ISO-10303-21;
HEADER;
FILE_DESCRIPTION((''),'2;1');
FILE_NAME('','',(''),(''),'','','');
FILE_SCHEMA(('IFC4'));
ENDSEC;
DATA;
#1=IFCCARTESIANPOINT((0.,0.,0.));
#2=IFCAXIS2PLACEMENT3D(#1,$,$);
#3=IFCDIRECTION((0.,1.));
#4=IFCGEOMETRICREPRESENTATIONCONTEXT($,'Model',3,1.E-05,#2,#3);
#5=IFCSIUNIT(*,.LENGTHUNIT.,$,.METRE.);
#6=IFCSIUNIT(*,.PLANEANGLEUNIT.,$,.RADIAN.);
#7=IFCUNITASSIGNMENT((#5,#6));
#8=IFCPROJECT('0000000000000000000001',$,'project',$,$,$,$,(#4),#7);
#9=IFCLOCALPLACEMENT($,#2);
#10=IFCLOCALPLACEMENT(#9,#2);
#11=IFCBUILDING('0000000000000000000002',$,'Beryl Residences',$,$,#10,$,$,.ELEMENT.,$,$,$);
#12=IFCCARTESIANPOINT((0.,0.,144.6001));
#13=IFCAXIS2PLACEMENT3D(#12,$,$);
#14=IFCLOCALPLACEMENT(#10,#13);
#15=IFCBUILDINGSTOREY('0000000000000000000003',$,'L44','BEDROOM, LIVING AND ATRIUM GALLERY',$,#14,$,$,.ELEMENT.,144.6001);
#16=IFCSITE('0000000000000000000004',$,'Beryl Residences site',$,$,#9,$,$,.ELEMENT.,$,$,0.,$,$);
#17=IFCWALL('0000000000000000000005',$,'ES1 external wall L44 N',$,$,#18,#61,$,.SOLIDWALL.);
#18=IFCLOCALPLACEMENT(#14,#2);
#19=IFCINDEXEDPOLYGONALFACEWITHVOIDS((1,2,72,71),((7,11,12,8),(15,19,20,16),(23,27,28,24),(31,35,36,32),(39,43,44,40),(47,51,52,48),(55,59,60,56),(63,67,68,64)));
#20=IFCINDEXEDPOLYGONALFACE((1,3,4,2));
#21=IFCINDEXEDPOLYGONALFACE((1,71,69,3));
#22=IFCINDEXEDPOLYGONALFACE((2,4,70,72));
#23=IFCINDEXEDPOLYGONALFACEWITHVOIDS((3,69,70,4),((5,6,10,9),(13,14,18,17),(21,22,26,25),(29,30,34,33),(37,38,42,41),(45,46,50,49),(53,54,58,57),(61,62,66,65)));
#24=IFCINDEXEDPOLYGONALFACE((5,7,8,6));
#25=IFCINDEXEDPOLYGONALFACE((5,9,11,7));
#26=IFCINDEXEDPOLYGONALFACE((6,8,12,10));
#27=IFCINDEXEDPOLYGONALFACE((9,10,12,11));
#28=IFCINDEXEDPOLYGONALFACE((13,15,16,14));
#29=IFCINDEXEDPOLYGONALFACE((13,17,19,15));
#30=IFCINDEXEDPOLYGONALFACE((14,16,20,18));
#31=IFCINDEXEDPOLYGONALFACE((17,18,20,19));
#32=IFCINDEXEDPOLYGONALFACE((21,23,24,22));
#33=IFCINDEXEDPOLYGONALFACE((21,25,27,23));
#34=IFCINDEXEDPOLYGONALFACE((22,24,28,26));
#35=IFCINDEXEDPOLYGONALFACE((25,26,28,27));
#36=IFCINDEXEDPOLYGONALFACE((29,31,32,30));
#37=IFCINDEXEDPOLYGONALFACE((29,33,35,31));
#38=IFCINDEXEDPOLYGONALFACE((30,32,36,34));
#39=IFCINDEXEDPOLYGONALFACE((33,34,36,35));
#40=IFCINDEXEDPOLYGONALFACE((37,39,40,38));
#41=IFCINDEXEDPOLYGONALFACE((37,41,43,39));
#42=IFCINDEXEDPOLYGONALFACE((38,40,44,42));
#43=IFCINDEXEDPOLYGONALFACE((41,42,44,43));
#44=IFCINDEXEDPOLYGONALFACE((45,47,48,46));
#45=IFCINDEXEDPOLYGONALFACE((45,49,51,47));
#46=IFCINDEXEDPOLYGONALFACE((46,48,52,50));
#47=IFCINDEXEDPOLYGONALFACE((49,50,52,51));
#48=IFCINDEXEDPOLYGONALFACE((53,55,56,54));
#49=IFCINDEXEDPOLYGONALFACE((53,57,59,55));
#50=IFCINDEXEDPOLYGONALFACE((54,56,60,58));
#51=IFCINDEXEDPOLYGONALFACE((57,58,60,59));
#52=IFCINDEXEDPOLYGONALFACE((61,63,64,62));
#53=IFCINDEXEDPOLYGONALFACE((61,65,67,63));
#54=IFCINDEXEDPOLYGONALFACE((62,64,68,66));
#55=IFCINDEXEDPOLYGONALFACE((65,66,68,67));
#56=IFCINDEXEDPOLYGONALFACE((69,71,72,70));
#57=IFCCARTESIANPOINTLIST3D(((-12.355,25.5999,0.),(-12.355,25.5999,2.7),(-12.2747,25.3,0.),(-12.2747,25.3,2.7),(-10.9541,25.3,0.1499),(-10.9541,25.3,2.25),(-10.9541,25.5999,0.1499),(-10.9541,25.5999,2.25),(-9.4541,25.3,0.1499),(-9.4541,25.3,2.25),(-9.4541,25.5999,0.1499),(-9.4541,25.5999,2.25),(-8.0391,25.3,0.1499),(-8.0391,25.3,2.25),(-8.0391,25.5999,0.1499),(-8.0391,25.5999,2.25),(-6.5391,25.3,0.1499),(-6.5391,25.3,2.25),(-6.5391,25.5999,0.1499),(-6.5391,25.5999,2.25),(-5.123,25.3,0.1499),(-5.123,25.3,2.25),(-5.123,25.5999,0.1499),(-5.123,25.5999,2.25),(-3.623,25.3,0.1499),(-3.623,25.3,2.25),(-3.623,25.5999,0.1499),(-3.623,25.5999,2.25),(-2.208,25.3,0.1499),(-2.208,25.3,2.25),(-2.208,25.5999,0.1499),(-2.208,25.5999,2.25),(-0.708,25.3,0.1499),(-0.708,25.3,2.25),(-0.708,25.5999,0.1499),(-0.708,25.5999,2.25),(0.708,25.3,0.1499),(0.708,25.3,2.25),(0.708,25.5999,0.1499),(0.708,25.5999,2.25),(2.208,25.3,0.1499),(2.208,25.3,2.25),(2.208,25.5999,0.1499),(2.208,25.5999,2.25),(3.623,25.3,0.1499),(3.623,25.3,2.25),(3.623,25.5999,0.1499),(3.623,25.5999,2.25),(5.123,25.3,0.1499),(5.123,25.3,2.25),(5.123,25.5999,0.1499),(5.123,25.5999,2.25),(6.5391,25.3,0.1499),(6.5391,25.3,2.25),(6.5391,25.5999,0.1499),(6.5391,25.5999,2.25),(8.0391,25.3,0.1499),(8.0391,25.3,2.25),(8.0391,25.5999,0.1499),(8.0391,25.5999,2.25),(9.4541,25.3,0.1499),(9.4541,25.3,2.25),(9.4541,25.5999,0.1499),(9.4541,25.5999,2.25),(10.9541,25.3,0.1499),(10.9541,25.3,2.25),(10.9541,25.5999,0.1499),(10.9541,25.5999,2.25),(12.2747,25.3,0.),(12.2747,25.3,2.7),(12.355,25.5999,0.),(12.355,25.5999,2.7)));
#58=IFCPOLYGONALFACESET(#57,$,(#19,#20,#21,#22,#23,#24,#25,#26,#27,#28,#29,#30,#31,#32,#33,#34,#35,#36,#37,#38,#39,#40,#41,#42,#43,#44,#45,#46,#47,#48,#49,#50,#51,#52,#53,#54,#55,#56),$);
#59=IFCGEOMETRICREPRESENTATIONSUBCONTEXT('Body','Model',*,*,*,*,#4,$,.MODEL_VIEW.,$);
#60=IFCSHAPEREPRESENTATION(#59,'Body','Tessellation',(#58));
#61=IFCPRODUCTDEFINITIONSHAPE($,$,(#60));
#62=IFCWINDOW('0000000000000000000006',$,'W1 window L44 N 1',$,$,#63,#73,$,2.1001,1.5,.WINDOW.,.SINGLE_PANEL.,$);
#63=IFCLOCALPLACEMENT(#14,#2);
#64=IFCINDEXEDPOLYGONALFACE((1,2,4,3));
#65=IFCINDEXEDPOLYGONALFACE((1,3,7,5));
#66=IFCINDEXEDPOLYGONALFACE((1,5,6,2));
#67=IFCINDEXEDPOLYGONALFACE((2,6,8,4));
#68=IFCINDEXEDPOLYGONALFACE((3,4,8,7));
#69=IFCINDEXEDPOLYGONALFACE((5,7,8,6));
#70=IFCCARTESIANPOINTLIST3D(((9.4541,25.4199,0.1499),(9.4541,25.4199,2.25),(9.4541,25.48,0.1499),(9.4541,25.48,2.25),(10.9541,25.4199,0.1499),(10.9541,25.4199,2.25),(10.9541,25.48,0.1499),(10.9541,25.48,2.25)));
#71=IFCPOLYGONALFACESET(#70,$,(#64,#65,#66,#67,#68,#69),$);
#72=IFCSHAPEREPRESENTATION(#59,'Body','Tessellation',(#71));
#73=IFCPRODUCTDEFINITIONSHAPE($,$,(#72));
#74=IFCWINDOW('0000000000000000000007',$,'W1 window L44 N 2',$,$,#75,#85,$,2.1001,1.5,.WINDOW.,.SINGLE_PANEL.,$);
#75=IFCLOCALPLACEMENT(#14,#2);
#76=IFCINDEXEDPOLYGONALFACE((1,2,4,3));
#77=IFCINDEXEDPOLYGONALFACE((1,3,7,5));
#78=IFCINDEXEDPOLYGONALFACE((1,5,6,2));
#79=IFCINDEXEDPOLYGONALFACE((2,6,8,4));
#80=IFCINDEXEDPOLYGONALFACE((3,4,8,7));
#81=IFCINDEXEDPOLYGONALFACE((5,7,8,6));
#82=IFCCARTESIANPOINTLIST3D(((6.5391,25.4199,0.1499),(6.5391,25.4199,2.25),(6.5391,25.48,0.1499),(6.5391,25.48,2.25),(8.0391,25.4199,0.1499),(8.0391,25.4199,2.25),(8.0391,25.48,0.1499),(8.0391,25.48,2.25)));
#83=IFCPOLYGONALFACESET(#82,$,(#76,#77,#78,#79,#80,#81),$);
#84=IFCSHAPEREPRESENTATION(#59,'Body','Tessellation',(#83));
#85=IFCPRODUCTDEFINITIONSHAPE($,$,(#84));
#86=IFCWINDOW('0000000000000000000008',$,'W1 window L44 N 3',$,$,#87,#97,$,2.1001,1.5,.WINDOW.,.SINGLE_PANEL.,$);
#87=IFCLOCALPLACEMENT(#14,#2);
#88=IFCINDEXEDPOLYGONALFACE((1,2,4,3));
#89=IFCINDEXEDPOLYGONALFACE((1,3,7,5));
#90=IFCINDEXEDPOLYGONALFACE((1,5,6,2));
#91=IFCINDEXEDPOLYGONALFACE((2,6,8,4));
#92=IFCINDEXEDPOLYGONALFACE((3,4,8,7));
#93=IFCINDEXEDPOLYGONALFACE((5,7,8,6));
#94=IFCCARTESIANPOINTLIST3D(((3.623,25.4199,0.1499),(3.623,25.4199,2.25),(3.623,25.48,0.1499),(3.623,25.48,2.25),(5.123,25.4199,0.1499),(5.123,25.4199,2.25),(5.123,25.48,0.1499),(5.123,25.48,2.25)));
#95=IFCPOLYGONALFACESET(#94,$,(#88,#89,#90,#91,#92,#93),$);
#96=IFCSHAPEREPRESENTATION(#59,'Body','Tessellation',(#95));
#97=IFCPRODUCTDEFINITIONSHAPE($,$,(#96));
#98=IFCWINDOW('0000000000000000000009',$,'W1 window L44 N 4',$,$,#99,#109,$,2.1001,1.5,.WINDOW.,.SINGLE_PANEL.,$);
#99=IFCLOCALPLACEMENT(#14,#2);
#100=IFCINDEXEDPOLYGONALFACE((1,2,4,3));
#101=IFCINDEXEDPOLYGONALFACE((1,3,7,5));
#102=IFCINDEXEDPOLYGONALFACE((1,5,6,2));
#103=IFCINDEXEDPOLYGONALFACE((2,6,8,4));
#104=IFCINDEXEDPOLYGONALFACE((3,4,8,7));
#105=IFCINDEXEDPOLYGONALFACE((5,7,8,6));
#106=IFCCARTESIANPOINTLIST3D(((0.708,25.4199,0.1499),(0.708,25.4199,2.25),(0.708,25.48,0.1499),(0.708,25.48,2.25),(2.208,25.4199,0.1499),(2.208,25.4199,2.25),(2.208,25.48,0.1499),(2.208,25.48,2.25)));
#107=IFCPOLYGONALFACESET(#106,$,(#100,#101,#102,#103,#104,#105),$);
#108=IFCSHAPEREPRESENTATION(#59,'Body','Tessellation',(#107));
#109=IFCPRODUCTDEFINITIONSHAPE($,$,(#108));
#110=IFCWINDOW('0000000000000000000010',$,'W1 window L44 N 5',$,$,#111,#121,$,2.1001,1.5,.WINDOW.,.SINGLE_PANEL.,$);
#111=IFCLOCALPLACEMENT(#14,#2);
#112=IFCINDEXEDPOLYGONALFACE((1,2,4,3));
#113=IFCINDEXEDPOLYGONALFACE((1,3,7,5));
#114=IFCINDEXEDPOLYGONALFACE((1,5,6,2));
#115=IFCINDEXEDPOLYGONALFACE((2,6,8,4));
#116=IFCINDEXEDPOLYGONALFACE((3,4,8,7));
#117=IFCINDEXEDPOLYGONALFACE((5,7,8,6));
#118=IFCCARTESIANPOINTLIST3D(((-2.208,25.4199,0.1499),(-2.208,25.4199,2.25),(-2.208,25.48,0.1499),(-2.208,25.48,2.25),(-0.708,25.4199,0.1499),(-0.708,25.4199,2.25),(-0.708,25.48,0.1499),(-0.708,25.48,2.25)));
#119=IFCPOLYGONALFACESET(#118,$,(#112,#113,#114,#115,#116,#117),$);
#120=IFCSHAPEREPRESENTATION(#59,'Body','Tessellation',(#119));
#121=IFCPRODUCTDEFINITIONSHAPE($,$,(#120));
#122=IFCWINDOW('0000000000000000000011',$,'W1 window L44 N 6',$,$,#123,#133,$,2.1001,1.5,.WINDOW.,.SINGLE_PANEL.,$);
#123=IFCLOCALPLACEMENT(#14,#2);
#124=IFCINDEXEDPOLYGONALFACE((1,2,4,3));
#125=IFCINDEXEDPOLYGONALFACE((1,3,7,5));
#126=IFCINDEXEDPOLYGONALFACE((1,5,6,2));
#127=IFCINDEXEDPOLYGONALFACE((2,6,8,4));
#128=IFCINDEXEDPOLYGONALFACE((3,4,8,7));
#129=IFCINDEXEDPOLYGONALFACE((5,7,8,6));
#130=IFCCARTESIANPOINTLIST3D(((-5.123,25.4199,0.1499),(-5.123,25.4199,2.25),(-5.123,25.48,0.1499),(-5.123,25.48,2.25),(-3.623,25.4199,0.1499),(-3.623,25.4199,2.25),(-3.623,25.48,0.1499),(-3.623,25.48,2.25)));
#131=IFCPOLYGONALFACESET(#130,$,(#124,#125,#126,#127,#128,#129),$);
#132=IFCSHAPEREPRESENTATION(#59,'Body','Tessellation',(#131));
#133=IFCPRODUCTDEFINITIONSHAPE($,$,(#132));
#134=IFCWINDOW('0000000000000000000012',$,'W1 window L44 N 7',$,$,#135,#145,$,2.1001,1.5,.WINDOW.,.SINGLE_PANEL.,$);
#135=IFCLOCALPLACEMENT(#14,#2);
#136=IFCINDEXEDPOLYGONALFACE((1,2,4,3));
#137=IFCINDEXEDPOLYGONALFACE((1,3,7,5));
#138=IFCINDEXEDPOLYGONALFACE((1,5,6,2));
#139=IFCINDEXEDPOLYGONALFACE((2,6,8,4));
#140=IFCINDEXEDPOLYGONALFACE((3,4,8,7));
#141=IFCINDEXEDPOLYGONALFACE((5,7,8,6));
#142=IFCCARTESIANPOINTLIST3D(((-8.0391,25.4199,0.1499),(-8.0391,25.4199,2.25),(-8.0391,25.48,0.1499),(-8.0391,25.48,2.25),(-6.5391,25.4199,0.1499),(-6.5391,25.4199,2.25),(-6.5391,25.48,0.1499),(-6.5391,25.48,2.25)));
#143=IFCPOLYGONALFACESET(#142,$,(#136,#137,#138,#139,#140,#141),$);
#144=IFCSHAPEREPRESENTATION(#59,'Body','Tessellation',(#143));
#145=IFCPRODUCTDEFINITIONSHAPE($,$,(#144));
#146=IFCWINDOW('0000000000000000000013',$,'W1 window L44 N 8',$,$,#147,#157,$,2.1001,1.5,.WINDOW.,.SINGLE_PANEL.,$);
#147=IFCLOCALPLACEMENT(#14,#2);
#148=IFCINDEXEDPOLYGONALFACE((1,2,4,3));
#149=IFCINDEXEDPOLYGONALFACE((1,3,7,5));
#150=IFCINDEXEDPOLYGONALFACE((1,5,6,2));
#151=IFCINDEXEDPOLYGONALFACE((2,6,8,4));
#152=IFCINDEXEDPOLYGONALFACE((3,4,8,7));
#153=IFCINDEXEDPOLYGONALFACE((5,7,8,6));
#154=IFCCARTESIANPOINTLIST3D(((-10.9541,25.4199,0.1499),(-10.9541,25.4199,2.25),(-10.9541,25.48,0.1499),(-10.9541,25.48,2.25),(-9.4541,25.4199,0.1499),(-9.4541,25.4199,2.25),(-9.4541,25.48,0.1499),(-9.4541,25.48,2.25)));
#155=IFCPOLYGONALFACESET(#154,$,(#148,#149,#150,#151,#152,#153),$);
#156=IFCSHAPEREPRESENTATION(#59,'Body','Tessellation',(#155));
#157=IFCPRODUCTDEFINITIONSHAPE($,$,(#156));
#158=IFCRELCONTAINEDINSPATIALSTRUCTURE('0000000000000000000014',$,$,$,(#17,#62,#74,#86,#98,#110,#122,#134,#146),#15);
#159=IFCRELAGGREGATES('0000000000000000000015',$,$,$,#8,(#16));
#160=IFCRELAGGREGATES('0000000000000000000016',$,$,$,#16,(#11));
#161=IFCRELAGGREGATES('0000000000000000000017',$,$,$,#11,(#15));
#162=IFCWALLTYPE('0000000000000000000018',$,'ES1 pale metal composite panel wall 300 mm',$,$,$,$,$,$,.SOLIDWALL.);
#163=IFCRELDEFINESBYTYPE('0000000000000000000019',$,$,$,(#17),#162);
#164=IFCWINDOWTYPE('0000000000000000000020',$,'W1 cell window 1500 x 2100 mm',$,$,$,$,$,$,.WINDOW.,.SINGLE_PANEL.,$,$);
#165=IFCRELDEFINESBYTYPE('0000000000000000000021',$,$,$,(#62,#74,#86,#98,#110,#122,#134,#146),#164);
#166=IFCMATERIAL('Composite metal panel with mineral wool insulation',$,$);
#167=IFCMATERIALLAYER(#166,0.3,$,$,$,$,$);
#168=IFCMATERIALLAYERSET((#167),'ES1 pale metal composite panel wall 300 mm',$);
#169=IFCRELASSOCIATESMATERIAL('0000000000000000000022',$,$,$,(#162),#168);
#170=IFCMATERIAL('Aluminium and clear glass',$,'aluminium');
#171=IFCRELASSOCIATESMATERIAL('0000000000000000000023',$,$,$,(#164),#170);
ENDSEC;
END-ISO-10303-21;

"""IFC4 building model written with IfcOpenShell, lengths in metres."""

from ifc_helpers import new_model, si_unit, direction, frame, frame_2d, origin, place, context, subcontext, project, spatial, polyline, rectangle, outline, extrude, material, layer, layer_set, type_object, element, fill, save


model = new_model("IFC4")

# Units and contexts
model_context = context("Model", 3, precision=1e-05, world=origin(), true_north=direction((0.0, 1.0)))
body_context = subcontext(model_context, "Body", "Model", "MODEL_VIEW")
ifc_project = project(units=[si_unit("LENGTHUNIT", "METRE"), si_unit("PLANEANGLEUNIT", "RADIAN")], contexts=[model_context])

# Site, building, storey
site_placement = place(None, origin())
site = spatial("IfcSite", under=ifc_project, at=site_placement, Name="Beryl Residences site", CompositionType="ELEMENT", RefElevation=0.0)
building_placement = place(site_placement, origin())
building = spatial("IfcBuilding", under=site, at=building_placement, Name="Beryl Residences", CompositionType="ELEMENT")
storey_placement = place(building_placement, frame((0.0, 0.0, 144.6001)))
storey = spatial("IfcBuildingStorey", under=building, at=storey_placement, Name="L44", Description="BEDROOM, LIVING AND ATRIUM GALLERY", CompositionType="ELEMENT", Elevation=144.6001)

# Wall, openings, windows
ifc_material_1 = material(Name="Composite metal panel with mineral wool insulation")
ifc_layer_1 = layer(ifc_material_1, 0.3)
ifc_layer_set_1 = layer_set([ifc_layer_1], Name="ES1 pale metal composite panel wall 300 mm")
wall_type_1 = type_object("IfcWallType", Name="ES1 pale metal composite panel wall 300 mm", PredefinedType="SOLIDWALL", material=ifc_layer_set_1)
wall_1_placement = place(storey_placement, frame((12.355, 25.45, 0.0), z_axis=(0.0, 0.0, 1.0), x_axis=(-1.0, 0.0, 0.0)))
wall_1 = element("IfcWall", 1, at=wall_1_placement, inside=storey, type_object=wall_type_1, Name="ES1 external wall L44 N", PredefinedType="SOLIDWALL", context=body_context, shape_type="SweptSolid", body=[
    extrude(outline(polyline([(0.0, -0.1499), (24.71, -0.1499), (24.6296, 0.1499), (0.0803, 0.1499), (0.0, -0.1499)])), origin(), (0.0, 0.0, 1.0), 2.7),
])
opening_1_placement = place(wall_1_placement, frame((1.4009, 0.0, 0.1499)))
opening_1 = element("IfcOpeningElement", 2, at=opening_1_placement, cuts=wall_1, PredefinedType="OPENING", context=body_context, shape_type="SweptSolid", body=[
    extrude(rectangle(XDim=1.5, YDim=2.1001, at=frame_2d((0.75, 1.05))), frame((0.0, 0.1599, 0.0), z_axis=(0.0, -1.0, 0.0), x_axis=(1.0, 0.0, 0.0)), (0.0, 0.0, 1.0), 0.3201),
])
opening_2_placement = place(wall_1_placement, frame((4.3159, 0.0, 0.1499)))
opening_2 = element("IfcOpeningElement", 3, at=opening_2_placement, cuts=wall_1, PredefinedType="OPENING", context=body_context, shape_type="SweptSolid", body=[
    extrude(rectangle(XDim=1.5, YDim=2.1001, at=frame_2d((0.75, 1.05))), frame((0.0, 0.1599, 0.0), z_axis=(0.0, -1.0, 0.0), x_axis=(1.0, 0.0, 0.0)), (0.0, 0.0, 1.0), 0.3201),
])
opening_3_placement = place(wall_1_placement, frame((7.2319, 0.0, 0.1499)))
opening_3 = element("IfcOpeningElement", 4, at=opening_3_placement, cuts=wall_1, PredefinedType="OPENING", context=body_context, shape_type="SweptSolid", body=[
    extrude(rectangle(XDim=1.5, YDim=2.1001, at=frame_2d((0.75, 1.05))), frame((0.0, 0.1599, 0.0), z_axis=(0.0, -1.0, 0.0), x_axis=(1.0, 0.0, 0.0)), (0.0, 0.0, 1.0), 0.3201),
])
opening_4_placement = place(wall_1_placement, frame((10.147, 0.0, 0.1499)))
opening_4 = element("IfcOpeningElement", 5, at=opening_4_placement, cuts=wall_1, PredefinedType="OPENING", context=body_context, shape_type="SweptSolid", body=[
    extrude(rectangle(XDim=1.5, YDim=2.1001, at=frame_2d((0.75, 1.05))), frame((0.0, 0.1599, 0.0), z_axis=(0.0, -1.0, 0.0), x_axis=(1.0, 0.0, 0.0)), (0.0, 0.0, 1.0), 0.3201),
])
opening_5_placement = place(wall_1_placement, frame((13.063, 0.0, 0.1499)))
opening_5 = element("IfcOpeningElement", 6, at=opening_5_placement, cuts=wall_1, PredefinedType="OPENING", context=body_context, shape_type="SweptSolid", body=[
    extrude(rectangle(XDim=1.5, YDim=2.1001, at=frame_2d((0.75, 1.05))), frame((0.0, 0.1599, 0.0), z_axis=(0.0, -1.0, 0.0), x_axis=(1.0, 0.0, 0.0)), (0.0, 0.0, 1.0), 0.3201),
])
opening_6_placement = place(wall_1_placement, frame((15.978, 0.0, 0.1499)))
opening_6 = element("IfcOpeningElement", 7, at=opening_6_placement, cuts=wall_1, PredefinedType="OPENING", context=body_context, shape_type="SweptSolid", body=[
    extrude(rectangle(XDim=1.5, YDim=2.1001, at=frame_2d((0.75, 1.05))), frame((0.0, 0.1599, 0.0), z_axis=(0.0, -1.0, 0.0), x_axis=(1.0, 0.0, 0.0)), (0.0, 0.0, 1.0), 0.3201),
])
opening_7_placement = place(wall_1_placement, frame((18.894, 0.0, 0.1499)))
opening_7 = element("IfcOpeningElement", 8, at=opening_7_placement, cuts=wall_1, PredefinedType="OPENING", context=body_context, shape_type="SweptSolid", body=[
    extrude(rectangle(XDim=1.5, YDim=2.1001, at=frame_2d((0.75, 1.05))), frame((0.0, 0.1599, 0.0), z_axis=(0.0, -1.0, 0.0), x_axis=(1.0, 0.0, 0.0)), (0.0, 0.0, 1.0), 0.3201),
])
opening_8_placement = place(wall_1_placement, frame((21.8091, 0.0, 0.1499)))
opening_8 = element("IfcOpeningElement", 9, at=opening_8_placement, cuts=wall_1, PredefinedType="OPENING", context=body_context, shape_type="SweptSolid", body=[
    extrude(rectangle(XDim=1.5, YDim=2.1001, at=frame_2d((0.75, 1.05))), frame((0.0, 0.1599, 0.0), z_axis=(0.0, -1.0, 0.0), x_axis=(1.0, 0.0, 0.0)), (0.0, 0.0, 1.0), 0.3201),
])
ifc_material_2 = material(Name="Aluminium and clear glass", Category="aluminium")
window_type_1 = type_object("IfcWindowType", Name="W1 cell window 1500 x 2100 mm", PartitioningType="SINGLE_PANEL", PredefinedType="WINDOW", material=ifc_material_2)
window_1_placement = place(opening_1_placement, origin())
window_1 = element("IfcWindow", 10, at=window_1_placement, inside=storey, type_object=window_type_1, Name="W1 window L44 N 1", OverallHeight=2.1001, OverallWidth=1.5, PartitioningType="SINGLE_PANEL", PredefinedType="WINDOW", context=body_context, shape_type="SweptSolid", body=[
    extrude(rectangle(XDim=1.5, YDim=2.1001, at=frame_2d((0.75, 1.05))), frame((0.0, 0.03, 0.0), z_axis=(0.0, -1.0, 0.0), x_axis=(1.0, 0.0, 0.0)), (0.0, 0.0, 1.0), 0.0601),
])
fill(opening_1, window_1)
window_2_placement = place(opening_2_placement, origin())
window_2 = element("IfcWindow", 11, at=window_2_placement, inside=storey, type_object=window_type_1, Name="W1 window L44 N 2", OverallHeight=2.1001, OverallWidth=1.5, PartitioningType="SINGLE_PANEL", PredefinedType="WINDOW", context=body_context, shape_type="SweptSolid", body=[
    extrude(rectangle(XDim=1.5, YDim=2.1001, at=frame_2d((0.75, 1.05))), frame((0.0, 0.03, 0.0), z_axis=(0.0, -1.0, 0.0), x_axis=(1.0, 0.0, 0.0)), (0.0, 0.0, 1.0), 0.0601),
])
fill(opening_2, window_2)
window_3_placement = place(opening_3_placement, origin())
window_3 = element("IfcWindow", 12, at=window_3_placement, inside=storey, type_object=window_type_1, Name="W1 window L44 N 3", OverallHeight=2.1001, OverallWidth=1.5, PartitioningType="SINGLE_PANEL", PredefinedType="WINDOW", context=body_context, shape_type="SweptSolid", body=[
    extrude(rectangle(XDim=1.5, YDim=2.1001, at=frame_2d((0.75, 1.05))), frame((0.0, 0.03, 0.0), z_axis=(0.0, -1.0, 0.0), x_axis=(1.0, 0.0, 0.0)), (0.0, 0.0, 1.0), 0.0601),
])
fill(opening_3, window_3)
window_4_placement = place(opening_4_placement, origin())
window_4 = element("IfcWindow", 13, at=window_4_placement, inside=storey, type_object=window_type_1, Name="W1 window L44 N 4", OverallHeight=2.1001, OverallWidth=1.5, PartitioningType="SINGLE_PANEL", PredefinedType="WINDOW", context=body_context, shape_type="SweptSolid", body=[
    extrude(rectangle(XDim=1.5, YDim=2.1001, at=frame_2d((0.75, 1.05))), frame((0.0, 0.03, 0.0), z_axis=(0.0, -1.0, 0.0), x_axis=(1.0, 0.0, 0.0)), (0.0, 0.0, 1.0), 0.0601),
])
fill(opening_4, window_4)
window_5_placement = place(opening_5_placement, origin())
window_5 = element("IfcWindow", 14, at=window_5_placement, inside=storey, type_object=window_type_1, Name="W1 window L44 N 5", OverallHeight=2.1001, OverallWidth=1.5, PartitioningType="SINGLE_PANEL", PredefinedType="WINDOW", context=body_context, shape_type="SweptSolid", body=[
    extrude(rectangle(XDim=1.5, YDim=2.1001, at=frame_2d((0.75, 1.05))), frame((0.0, 0.03, 0.0), z_axis=(0.0, -1.0, 0.0), x_axis=(1.0, 0.0, 0.0)), (0.0, 0.0, 1.0), 0.0601),
])
fill(opening_5, window_5)
window_6_placement = place(opening_6_placement, origin())
window_6 = element("IfcWindow", 15, at=window_6_placement, inside=storey, type_object=window_type_1, Name="W1 window L44 N 6", OverallHeight=2.1001, OverallWidth=1.5, PartitioningType="SINGLE_PANEL", PredefinedType="WINDOW", context=body_context, shape_type="SweptSolid", body=[
    extrude(rectangle(XDim=1.5, YDim=2.1001, at=frame_2d((0.75, 1.05))), frame((0.0, 0.03, 0.0), z_axis=(0.0, -1.0, 0.0), x_axis=(1.0, 0.0, 0.0)), (0.0, 0.0, 1.0), 0.0601),
])
fill(opening_6, window_6)
window_7_placement = place(opening_7_placement, origin())
window_7 = element("IfcWindow", 16, at=window_7_placement, inside=storey, type_object=window_type_1, Name="W1 window L44 N 7", OverallHeight=2.1001, OverallWidth=1.5, PartitioningType="SINGLE_PANEL", PredefinedType="WINDOW", context=body_context, shape_type="SweptSolid", body=[
    extrude(rectangle(XDim=1.5, YDim=2.1001, at=frame_2d((0.75, 1.05))), frame((0.0, 0.03, 0.0), z_axis=(0.0, -1.0, 0.0), x_axis=(1.0, 0.0, 0.0)), (0.0, 0.0, 1.0), 0.0601),
])
fill(opening_7, window_7)
window_8_placement = place(opening_8_placement, origin())
window_8 = element("IfcWindow", 17, at=window_8_placement, inside=storey, type_object=window_type_1, Name="W1 window L44 N 8", OverallHeight=2.1001, OverallWidth=1.5, PartitioningType="SINGLE_PANEL", PredefinedType="WINDOW", context=body_context, shape_type="SweptSolid", body=[
    extrude(rectangle(XDim=1.5, YDim=2.1001, at=frame_2d((0.75, 1.05))), frame((0.0, 0.03, 0.0), z_axis=(0.0, -1.0, 0.0), x_axis=(1.0, 0.0, 0.0)), (0.0, 0.0, 1.0), 0.0601),
])
fill(opening_8, window_8)

save(model, "model.ifc")
